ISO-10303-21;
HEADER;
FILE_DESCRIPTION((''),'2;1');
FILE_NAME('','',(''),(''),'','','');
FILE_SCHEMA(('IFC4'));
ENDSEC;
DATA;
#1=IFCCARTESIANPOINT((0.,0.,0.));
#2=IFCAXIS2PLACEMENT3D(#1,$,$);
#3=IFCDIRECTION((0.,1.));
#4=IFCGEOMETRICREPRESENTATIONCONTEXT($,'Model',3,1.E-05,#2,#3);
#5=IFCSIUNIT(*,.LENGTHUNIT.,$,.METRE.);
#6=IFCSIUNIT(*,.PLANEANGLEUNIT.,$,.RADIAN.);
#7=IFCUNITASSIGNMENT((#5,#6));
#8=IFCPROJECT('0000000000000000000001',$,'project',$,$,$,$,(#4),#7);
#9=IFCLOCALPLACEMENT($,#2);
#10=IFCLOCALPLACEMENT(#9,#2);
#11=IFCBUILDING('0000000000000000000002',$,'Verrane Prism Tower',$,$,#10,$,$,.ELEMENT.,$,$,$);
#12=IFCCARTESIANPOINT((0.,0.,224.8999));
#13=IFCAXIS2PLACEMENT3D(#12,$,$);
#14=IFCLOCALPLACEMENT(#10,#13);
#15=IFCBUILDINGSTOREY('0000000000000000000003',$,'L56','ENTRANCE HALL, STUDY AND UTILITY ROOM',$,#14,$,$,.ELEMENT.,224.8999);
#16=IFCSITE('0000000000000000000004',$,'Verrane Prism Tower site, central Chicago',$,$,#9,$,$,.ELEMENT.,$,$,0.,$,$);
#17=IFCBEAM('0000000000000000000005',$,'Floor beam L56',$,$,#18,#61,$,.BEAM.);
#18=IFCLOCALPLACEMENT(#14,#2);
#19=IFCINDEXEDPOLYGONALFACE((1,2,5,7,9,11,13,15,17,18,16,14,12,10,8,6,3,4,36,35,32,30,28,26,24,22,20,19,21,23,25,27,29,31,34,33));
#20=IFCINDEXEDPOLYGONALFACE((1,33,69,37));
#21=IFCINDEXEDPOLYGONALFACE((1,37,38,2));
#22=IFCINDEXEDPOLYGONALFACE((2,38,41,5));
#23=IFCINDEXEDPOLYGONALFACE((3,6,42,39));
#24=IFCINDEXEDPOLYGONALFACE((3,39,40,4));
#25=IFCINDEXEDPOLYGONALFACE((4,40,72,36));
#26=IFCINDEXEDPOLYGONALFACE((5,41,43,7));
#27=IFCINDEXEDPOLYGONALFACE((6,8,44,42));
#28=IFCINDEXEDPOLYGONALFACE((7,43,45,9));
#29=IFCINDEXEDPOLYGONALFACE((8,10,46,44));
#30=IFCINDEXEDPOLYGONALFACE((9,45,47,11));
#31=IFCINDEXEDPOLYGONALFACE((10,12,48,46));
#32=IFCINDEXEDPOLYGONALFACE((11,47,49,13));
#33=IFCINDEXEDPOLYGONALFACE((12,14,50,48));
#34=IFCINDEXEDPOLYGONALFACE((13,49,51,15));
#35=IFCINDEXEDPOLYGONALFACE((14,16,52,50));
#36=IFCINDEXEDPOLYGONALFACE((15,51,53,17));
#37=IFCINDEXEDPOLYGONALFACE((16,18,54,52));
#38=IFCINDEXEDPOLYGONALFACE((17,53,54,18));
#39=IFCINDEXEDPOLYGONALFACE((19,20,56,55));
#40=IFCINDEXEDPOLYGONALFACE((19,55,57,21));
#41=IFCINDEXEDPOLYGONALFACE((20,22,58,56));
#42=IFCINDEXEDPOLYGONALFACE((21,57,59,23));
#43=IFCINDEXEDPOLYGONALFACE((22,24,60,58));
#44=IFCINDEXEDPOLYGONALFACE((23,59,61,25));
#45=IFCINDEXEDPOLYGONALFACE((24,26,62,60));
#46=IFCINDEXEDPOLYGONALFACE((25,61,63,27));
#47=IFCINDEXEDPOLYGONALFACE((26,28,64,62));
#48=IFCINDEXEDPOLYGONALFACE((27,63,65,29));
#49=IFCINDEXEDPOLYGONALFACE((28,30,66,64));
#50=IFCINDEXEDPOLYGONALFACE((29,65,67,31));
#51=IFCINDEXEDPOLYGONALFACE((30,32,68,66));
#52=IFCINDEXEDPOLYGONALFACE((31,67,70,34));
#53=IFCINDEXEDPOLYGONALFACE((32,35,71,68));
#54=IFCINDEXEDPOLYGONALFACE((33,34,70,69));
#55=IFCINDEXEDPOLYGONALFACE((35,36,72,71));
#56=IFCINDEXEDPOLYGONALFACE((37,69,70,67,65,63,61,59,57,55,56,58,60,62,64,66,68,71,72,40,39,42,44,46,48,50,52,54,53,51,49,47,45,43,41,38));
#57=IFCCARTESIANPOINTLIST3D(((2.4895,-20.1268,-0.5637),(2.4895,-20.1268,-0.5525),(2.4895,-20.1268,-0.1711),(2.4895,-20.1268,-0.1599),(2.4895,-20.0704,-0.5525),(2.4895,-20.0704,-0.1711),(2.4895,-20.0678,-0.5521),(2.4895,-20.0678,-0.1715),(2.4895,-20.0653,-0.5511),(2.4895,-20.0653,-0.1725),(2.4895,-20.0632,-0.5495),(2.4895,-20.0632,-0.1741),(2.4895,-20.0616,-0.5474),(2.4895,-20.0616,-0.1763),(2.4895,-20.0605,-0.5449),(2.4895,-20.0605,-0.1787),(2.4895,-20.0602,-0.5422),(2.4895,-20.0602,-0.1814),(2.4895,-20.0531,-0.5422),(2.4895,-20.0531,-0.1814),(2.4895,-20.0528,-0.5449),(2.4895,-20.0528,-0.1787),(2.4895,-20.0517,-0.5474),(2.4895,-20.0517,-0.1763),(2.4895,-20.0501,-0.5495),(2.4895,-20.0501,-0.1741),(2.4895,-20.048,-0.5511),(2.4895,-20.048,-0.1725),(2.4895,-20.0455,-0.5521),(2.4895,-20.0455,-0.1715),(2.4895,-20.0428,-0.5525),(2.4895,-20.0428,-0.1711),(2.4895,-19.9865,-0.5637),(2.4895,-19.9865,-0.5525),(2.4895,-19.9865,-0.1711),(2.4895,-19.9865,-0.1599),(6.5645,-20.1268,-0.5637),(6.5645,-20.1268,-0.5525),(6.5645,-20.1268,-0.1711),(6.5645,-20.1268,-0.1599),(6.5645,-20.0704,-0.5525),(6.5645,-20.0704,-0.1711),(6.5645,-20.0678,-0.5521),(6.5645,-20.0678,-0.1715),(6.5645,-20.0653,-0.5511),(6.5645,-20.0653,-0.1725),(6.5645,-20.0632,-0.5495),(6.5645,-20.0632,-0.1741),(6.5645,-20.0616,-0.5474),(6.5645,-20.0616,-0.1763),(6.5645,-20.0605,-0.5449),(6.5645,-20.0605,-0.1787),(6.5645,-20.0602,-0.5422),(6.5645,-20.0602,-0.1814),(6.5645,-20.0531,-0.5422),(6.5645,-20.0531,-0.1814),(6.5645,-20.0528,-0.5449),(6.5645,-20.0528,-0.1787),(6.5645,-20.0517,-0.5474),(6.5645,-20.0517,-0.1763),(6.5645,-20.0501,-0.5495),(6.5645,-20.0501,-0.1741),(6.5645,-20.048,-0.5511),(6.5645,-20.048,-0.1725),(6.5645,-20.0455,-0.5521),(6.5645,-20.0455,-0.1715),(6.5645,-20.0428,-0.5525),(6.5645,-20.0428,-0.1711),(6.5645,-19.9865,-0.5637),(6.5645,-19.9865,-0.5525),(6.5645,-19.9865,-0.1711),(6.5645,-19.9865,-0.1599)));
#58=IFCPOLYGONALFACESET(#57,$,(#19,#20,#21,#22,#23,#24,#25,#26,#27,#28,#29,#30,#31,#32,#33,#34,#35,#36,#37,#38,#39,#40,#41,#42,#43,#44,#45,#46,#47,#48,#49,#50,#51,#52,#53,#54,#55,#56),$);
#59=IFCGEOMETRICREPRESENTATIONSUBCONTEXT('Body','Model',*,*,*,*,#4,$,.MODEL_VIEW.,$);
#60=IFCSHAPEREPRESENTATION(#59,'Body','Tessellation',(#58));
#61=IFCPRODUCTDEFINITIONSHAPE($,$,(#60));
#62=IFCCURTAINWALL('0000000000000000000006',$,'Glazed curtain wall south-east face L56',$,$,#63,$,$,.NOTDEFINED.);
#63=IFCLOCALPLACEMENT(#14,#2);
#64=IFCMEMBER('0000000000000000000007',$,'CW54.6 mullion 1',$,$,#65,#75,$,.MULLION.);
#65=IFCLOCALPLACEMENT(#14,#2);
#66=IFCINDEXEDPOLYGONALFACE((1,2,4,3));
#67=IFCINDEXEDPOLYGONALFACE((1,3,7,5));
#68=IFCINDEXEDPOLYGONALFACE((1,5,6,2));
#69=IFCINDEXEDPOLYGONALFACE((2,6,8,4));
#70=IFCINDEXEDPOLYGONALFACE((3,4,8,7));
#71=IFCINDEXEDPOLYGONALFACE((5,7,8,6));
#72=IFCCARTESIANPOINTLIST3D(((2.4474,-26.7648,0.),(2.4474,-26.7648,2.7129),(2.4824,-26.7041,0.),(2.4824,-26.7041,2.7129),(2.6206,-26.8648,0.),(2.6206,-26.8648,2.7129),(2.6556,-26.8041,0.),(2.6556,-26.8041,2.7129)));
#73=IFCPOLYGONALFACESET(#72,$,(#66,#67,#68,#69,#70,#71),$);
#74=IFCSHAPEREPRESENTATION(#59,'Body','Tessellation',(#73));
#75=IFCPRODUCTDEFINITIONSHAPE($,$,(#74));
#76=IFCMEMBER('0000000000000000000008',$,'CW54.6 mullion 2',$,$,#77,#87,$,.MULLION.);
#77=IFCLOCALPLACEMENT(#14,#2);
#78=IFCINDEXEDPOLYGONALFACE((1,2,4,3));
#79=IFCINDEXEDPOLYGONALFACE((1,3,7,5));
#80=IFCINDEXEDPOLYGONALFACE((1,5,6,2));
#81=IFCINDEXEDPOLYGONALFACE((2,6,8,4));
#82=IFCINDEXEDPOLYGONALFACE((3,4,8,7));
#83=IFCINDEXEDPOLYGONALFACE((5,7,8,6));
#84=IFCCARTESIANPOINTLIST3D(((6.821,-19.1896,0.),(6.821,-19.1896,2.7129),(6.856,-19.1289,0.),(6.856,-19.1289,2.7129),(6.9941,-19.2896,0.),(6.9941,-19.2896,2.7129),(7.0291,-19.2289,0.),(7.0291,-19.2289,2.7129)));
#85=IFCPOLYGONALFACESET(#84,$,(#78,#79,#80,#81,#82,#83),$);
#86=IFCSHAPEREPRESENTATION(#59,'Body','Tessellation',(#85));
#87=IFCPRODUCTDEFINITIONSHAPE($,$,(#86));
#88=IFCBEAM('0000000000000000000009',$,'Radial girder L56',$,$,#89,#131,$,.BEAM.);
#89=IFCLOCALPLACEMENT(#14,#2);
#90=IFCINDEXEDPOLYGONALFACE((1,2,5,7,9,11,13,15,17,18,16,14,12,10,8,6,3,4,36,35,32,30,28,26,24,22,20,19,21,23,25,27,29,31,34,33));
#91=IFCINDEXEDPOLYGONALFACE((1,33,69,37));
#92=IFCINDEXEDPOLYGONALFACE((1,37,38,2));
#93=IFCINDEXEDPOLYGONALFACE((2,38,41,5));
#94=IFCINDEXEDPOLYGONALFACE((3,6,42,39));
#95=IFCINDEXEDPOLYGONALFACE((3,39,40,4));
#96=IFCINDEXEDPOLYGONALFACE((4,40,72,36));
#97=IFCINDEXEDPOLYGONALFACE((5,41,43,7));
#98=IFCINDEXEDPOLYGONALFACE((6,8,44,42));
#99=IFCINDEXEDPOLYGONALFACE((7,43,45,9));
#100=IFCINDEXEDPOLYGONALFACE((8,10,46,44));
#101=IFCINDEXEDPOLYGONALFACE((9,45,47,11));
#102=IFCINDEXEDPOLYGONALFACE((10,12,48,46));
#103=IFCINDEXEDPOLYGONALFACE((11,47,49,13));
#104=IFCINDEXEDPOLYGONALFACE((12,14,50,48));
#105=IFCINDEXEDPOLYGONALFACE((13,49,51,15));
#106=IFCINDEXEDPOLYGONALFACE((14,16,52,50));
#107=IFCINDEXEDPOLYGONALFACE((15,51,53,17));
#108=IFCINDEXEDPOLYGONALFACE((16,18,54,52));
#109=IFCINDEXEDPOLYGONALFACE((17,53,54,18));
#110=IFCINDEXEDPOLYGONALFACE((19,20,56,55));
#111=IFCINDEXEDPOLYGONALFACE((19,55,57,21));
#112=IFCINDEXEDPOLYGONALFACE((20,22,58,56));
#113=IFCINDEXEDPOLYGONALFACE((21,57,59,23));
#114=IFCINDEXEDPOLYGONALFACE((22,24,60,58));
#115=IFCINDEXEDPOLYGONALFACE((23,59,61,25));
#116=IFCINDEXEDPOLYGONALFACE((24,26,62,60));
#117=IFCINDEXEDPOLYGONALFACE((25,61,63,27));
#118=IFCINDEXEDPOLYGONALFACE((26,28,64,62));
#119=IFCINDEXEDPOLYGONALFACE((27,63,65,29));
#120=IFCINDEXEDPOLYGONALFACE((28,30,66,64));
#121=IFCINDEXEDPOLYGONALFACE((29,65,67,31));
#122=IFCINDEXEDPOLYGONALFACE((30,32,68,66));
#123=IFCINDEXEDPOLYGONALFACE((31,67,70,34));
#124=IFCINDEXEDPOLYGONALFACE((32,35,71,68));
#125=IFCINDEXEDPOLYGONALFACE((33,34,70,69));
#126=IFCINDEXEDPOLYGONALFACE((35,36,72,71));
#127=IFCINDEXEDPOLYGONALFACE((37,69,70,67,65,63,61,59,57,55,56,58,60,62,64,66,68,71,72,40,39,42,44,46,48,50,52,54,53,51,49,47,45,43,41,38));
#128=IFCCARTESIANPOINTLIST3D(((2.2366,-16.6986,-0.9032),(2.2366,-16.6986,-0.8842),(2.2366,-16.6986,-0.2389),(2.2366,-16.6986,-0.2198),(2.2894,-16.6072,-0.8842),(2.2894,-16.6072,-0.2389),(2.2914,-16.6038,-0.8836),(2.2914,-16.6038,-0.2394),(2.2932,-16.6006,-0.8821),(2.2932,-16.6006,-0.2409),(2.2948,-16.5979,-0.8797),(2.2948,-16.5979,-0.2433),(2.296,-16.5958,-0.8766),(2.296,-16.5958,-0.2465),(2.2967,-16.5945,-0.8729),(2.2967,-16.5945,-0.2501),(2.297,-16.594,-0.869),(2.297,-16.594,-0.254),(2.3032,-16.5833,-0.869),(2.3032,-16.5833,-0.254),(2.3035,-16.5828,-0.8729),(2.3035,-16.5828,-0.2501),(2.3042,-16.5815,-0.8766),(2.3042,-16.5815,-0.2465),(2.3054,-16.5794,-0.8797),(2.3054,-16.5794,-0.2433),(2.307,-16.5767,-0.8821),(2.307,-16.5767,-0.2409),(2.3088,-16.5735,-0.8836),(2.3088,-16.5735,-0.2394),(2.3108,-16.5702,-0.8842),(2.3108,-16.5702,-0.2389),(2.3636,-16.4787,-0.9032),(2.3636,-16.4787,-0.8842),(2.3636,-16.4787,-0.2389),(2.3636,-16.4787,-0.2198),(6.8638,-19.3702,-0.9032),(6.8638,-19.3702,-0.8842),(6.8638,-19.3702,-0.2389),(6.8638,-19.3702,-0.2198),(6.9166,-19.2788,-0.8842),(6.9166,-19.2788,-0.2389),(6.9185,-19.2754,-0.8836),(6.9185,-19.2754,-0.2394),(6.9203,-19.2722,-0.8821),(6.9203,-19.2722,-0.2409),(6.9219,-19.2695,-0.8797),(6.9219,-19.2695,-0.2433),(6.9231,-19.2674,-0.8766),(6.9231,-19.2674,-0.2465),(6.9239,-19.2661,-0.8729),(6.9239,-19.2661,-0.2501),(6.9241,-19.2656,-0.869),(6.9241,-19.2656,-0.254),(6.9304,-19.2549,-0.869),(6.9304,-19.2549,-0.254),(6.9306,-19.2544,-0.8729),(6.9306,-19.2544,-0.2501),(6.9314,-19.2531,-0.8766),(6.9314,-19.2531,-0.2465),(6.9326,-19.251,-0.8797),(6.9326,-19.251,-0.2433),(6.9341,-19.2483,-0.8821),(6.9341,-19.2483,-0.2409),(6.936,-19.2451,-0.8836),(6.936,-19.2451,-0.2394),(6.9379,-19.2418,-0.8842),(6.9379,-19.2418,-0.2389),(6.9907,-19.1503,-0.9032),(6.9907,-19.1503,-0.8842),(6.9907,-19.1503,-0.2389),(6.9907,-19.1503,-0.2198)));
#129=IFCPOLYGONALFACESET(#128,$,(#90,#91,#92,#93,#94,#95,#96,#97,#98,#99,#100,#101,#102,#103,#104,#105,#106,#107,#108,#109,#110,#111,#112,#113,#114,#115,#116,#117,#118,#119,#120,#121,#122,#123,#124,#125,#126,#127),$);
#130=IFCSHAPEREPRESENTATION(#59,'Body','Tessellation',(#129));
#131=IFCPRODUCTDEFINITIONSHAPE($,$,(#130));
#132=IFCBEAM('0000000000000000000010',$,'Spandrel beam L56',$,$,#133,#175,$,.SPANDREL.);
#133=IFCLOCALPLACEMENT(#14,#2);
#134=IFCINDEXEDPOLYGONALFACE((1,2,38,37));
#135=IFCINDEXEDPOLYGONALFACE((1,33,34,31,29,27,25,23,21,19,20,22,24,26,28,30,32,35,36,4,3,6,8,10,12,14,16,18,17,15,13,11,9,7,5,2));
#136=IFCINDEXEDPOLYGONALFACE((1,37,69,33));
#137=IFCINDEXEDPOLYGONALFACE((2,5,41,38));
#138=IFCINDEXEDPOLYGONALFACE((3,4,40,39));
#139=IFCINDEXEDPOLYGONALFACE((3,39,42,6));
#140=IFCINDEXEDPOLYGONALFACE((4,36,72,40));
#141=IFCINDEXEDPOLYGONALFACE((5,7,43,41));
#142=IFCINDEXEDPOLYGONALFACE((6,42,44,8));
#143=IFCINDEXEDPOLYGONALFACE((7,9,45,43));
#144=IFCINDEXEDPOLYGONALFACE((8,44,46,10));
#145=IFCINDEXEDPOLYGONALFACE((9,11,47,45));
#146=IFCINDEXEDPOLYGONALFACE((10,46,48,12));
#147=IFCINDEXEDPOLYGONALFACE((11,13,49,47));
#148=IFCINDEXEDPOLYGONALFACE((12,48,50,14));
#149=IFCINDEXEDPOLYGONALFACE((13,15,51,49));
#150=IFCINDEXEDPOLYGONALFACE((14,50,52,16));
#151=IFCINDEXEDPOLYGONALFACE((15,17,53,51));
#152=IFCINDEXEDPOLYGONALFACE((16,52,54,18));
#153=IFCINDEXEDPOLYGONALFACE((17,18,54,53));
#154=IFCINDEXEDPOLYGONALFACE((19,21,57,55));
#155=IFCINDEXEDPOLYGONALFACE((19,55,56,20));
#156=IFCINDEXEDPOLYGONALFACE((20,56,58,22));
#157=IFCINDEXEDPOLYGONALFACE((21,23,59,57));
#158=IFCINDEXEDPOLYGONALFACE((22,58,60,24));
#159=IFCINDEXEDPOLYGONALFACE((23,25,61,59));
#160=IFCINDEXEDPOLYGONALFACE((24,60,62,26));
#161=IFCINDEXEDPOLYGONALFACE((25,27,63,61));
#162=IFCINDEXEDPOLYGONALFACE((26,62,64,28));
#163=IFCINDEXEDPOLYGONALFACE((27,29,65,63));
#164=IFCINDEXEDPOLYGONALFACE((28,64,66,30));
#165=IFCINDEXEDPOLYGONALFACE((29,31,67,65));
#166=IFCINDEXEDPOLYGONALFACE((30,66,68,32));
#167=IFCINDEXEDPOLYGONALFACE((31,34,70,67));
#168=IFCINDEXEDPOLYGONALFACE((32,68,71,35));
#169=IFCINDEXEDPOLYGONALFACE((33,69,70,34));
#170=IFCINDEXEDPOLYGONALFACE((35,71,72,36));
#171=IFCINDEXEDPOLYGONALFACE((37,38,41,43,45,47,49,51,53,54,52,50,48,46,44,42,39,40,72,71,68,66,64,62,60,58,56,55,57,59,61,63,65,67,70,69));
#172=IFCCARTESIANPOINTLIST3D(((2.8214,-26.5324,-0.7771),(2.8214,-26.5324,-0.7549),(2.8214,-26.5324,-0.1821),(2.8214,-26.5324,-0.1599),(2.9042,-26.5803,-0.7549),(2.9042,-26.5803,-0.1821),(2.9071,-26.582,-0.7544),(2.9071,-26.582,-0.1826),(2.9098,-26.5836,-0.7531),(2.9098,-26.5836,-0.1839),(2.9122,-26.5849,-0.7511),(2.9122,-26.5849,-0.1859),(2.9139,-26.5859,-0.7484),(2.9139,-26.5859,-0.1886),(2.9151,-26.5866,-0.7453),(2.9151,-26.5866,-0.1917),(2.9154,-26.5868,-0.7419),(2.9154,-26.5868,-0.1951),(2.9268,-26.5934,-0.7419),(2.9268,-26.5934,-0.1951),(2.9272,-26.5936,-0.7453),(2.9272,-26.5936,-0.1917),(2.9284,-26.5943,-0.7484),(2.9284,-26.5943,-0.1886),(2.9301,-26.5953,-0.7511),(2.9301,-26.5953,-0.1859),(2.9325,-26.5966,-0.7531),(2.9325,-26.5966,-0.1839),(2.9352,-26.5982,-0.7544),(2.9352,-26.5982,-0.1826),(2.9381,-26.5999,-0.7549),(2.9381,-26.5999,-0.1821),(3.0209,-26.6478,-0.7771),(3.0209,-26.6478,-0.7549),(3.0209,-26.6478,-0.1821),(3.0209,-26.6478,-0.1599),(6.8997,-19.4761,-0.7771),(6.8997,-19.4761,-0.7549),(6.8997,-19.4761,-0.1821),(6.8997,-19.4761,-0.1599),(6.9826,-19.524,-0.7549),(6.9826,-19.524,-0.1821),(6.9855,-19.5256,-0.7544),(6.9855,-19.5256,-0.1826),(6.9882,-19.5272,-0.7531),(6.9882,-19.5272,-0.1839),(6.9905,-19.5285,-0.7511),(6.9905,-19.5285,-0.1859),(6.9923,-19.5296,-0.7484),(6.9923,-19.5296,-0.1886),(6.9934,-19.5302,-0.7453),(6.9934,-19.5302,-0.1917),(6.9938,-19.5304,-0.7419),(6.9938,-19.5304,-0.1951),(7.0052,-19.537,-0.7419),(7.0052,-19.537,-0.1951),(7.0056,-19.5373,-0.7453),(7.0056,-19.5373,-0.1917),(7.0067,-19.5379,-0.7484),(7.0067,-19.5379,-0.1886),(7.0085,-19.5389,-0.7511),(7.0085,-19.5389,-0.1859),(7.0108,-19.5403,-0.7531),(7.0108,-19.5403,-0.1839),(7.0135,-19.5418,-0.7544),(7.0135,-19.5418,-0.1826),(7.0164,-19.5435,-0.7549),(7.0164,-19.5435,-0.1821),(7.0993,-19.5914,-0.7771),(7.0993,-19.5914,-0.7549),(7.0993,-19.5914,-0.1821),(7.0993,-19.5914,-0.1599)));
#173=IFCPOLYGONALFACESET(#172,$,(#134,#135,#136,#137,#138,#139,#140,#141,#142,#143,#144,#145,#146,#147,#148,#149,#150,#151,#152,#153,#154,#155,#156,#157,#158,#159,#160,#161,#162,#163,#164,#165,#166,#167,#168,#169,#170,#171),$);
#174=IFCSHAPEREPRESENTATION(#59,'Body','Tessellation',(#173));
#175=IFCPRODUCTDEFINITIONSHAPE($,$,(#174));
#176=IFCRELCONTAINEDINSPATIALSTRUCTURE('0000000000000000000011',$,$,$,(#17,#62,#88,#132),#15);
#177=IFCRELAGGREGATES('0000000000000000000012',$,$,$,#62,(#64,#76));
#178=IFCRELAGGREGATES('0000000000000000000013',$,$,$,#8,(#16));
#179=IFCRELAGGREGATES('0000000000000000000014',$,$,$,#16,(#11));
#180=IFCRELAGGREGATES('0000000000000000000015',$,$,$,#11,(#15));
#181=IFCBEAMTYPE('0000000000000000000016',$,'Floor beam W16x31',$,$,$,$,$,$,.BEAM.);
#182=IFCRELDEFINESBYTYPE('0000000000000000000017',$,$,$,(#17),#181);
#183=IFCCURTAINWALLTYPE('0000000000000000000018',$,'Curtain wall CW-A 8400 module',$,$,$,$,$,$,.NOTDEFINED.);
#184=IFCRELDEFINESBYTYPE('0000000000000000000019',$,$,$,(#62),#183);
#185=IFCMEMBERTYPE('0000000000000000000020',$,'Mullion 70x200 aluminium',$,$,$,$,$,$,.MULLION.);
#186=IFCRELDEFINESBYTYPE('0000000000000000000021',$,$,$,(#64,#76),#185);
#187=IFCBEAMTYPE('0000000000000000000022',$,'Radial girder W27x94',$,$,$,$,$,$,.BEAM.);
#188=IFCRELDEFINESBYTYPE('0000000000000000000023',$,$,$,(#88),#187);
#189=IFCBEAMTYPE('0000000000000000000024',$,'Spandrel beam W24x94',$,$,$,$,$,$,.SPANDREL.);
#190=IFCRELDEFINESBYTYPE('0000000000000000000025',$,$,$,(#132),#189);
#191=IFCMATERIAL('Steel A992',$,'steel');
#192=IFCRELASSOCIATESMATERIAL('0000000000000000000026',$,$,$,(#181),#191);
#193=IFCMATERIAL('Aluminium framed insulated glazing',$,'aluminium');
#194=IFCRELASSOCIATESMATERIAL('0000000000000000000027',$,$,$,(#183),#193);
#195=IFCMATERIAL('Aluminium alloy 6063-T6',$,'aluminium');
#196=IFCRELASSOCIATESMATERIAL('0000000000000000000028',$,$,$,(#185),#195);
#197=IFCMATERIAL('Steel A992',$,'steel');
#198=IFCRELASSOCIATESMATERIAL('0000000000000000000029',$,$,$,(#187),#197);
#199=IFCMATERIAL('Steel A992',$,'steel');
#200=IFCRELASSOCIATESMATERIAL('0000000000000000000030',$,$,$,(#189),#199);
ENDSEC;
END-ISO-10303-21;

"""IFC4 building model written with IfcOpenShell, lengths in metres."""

from ifc_helpers import new_model, si_unit, direction, frame, origin, origin_2d, place, context, subcontext, project, spatial, rectangle, i_section, extrude, material, material_profile, profile_set, type_object, element, aggregate, save


model = new_model("IFC4")

# Units and contexts
model_context = context("Model", 3, precision=1e-05, world=origin(), true_north=direction((0.0, 1.0)))
body_context = subcontext(model_context, "Body", "Model", "MODEL_VIEW")
ifc_project = project(units=[si_unit("LENGTHUNIT", "METRE"), si_unit("PLANEANGLEUNIT", "RADIAN")], contexts=[model_context])

# Site, building, storey
site_placement = place(None, origin())
site = spatial("IfcSite", under=ifc_project, at=site_placement, Name="Verrane Prism Tower site, central Chicago", CompositionType="ELEMENT", RefElevation=0.0)
building_placement = place(site_placement, origin())
building = spatial("IfcBuilding", under=site, at=building_placement, Name="Verrane Prism Tower", CompositionType="ELEMENT")
storey_placement = place(building_placement, frame((0.0, 0.0, 224.8999)))
storey = spatial("IfcBuildingStorey", under=building, at=storey_placement, Name="L56", Description="ENTRANCE HALL, STUDY AND UTILITY ROOM", CompositionType="ELEMENT", Elevation=224.8999)

# Beam
ifc_material_1 = material(Name="Steel A992", Category="steel")
ifc_material_profile_1 = material_profile(ifc_material_1, i_section(OverallWidth=0.1404, OverallDepth=0.4038, WebThickness=0.0071, FlangeThickness=0.0112, FilletRadius=0.0103, at=origin_2d()), Name="W16x31")
ifc_profile_set_1 = profile_set([ifc_material_profile_1], Name="Steel A992")
beam_type_1 = type_object("IfcBeamType", Name="Floor beam W16x31", PredefinedType="BEAM", material=ifc_profile_set_1)
beam_1_placement = place(storey_placement, frame((2.4895, -20.0566, -0.3618), z_axis=(1.0, 0.0, 0.0), x_axis=(0.0, 1.0, 0.0)))
element("IfcBeam", 1, at=beam_1_placement, inside=storey, type_object=beam_type_1, Name="Floor beam L56", PredefinedType="BEAM", context=body_context, shape_type="SweptSolid", body=[
    extrude(i_section(OverallWidth=0.1404, OverallDepth=0.4038, WebThickness=0.0071, FlangeThickness=0.0112, FilletRadius=0.0103, at=origin_2d()), origin(), (0.0, 0.0, 1.0), 4.075),
])

# Curtain wall, members
ifc_material_2 = material(Name="Aluminium framed insulated glazing", Category="aluminium")
curtain_wall_type = type_object("IfcCurtainWallType", Name="Curtain wall CW-A 8400 module", PredefinedType="NOTDEFINED", material=ifc_material_2)
curtain_wall_1_placement = place(storey_placement, origin())
curtain_wall_1 = element("IfcCurtainWall", 2, at=curtain_wall_1_placement, inside=storey, type_object=curtain_wall_type, Name="Glazed curtain wall south-east face L56", PredefinedType="NOTDEFINED")
ifc_material_3 = material(Name="Aluminium alloy 6063-T6", Category="aluminium")
ifc_material_profile_2 = material_profile(ifc_material_3, rectangle(XDim=0.2, YDim=0.0701, at=origin_2d()), Name="Mullion 70x200 aluminium")
ifc_profile_set_2 = profile_set([ifc_material_profile_2], Name="Aluminium alloy 6063-T6")
member_type_1 = type_object("IfcMemberType", Name="Mullion 70x200 aluminium", PredefinedType="MULLION", material=ifc_profile_set_2)
member_1_placement = place(storey_placement, frame((2.5515, -26.7844, 0.0), z_axis=(0.0, 0.0, 1.0), x_axis=(-0.866025, 0.500001, 0.0)))
member_1 = element("IfcMember", 3, at=member_1_placement, type_object=member_type_1, Name="CW54.6 mullion 1", PredefinedType="MULLION", context=body_context, shape_type="SweptSolid", body=[
    extrude(rectangle(XDim=0.2, YDim=0.0701, at=origin_2d()), origin(), (0.0, 0.0, 1.0), 2.7129),
])
member_2_placement = place(storey_placement, frame((6.925, -19.2092, 0.0), z_axis=(0.0, 0.0, 1.0), x_axis=(-0.866025, 0.500001, 0.0)))
member_2 = element("IfcMember", 4, at=member_2_placement, type_object=member_type_1, Name="CW54.6 mullion 2", PredefinedType="MULLION", context=body_context, shape_type="SweptSolid", body=[
    extrude(rectangle(XDim=0.2, YDim=0.0701, at=origin_2d()), origin(), (0.0, 0.0, 1.0), 2.7129),
])

# Beams
ifc_material_4 = material(Name="Steel A992", Category="steel")
ifc_material_profile_3 = material_profile(ifc_material_4, i_section(OverallWidth=0.2539, OverallDepth=0.6833, WebThickness=0.0125, FlangeThickness=0.019, FilletRadius=0.0151, at=origin_2d()), Name="W27x94")
ifc_profile_set_3 = profile_set([ifc_material_profile_3], Name="Steel A992")
beam_type_2 = type_object("IfcBeamType", Name="Radial girder W27x94", PredefinedType="BEAM", material=ifc_profile_set_3)
beam_2_placement = place(storey_placement, frame((6.9272, -19.2603, -0.5615), z_axis=(-0.866016, 0.500016, 0.0), x_axis=(-0.500016, -0.866016, 0.0)))
element("IfcBeam", 5, at=beam_2_placement, inside=storey, type_object=beam_type_2, Name="Radial girder L56", PredefinedType="BEAM", context=body_context, shape_type="SweptSolid", body=[
    extrude(i_section(OverallWidth=0.2539, OverallDepth=0.6833, WebThickness=0.0125, FlangeThickness=0.019, FilletRadius=0.0151, at=origin_2d()), origin(), (0.0, 0.0, 1.0), 5.343),
])
ifc_material_5 = material(Name="Steel A992", Category="steel")
ifc_material_profile_4 = material_profile(ifc_material_5, i_section(OverallWidth=0.2305, OverallDepth=0.6172, WebThickness=0.0132, FlangeThickness=0.0222, FilletRadius=0.0129, at=origin_2d()), Name="W24x94")
ifc_profile_set_4 = profile_set([ifc_material_profile_4], Name="Steel A992")
beam_type_3 = type_object("IfcBeamType", Name="Spandrel beam W24x94", PredefinedType="SPANDREL", material=ifc_profile_set_4)
beam_3_placement = place(storey_placement, frame((2.9211, -26.5901, -0.4685), z_axis=(0.500401, 0.865794, 0.0), x_axis=(-0.865794, 0.500401, 0.0)))
element("IfcBeam", 6, at=beam_3_placement, inside=storey, type_object=beam_type_3, Name="Spandrel beam L56", PredefinedType="SPANDREL", context=body_context, shape_type="SweptSolid", body=[
    extrude(i_section(OverallWidth=0.2305, OverallDepth=0.6172, WebThickness=0.0132, FlangeThickness=0.0222, FilletRadius=0.0129, at=origin_2d()), origin(), (0.0, 0.0, 1.0), 8.1501),
])

aggregate(curtain_wall_1, [member_1, member_2])

save(model, "model.ifc")
